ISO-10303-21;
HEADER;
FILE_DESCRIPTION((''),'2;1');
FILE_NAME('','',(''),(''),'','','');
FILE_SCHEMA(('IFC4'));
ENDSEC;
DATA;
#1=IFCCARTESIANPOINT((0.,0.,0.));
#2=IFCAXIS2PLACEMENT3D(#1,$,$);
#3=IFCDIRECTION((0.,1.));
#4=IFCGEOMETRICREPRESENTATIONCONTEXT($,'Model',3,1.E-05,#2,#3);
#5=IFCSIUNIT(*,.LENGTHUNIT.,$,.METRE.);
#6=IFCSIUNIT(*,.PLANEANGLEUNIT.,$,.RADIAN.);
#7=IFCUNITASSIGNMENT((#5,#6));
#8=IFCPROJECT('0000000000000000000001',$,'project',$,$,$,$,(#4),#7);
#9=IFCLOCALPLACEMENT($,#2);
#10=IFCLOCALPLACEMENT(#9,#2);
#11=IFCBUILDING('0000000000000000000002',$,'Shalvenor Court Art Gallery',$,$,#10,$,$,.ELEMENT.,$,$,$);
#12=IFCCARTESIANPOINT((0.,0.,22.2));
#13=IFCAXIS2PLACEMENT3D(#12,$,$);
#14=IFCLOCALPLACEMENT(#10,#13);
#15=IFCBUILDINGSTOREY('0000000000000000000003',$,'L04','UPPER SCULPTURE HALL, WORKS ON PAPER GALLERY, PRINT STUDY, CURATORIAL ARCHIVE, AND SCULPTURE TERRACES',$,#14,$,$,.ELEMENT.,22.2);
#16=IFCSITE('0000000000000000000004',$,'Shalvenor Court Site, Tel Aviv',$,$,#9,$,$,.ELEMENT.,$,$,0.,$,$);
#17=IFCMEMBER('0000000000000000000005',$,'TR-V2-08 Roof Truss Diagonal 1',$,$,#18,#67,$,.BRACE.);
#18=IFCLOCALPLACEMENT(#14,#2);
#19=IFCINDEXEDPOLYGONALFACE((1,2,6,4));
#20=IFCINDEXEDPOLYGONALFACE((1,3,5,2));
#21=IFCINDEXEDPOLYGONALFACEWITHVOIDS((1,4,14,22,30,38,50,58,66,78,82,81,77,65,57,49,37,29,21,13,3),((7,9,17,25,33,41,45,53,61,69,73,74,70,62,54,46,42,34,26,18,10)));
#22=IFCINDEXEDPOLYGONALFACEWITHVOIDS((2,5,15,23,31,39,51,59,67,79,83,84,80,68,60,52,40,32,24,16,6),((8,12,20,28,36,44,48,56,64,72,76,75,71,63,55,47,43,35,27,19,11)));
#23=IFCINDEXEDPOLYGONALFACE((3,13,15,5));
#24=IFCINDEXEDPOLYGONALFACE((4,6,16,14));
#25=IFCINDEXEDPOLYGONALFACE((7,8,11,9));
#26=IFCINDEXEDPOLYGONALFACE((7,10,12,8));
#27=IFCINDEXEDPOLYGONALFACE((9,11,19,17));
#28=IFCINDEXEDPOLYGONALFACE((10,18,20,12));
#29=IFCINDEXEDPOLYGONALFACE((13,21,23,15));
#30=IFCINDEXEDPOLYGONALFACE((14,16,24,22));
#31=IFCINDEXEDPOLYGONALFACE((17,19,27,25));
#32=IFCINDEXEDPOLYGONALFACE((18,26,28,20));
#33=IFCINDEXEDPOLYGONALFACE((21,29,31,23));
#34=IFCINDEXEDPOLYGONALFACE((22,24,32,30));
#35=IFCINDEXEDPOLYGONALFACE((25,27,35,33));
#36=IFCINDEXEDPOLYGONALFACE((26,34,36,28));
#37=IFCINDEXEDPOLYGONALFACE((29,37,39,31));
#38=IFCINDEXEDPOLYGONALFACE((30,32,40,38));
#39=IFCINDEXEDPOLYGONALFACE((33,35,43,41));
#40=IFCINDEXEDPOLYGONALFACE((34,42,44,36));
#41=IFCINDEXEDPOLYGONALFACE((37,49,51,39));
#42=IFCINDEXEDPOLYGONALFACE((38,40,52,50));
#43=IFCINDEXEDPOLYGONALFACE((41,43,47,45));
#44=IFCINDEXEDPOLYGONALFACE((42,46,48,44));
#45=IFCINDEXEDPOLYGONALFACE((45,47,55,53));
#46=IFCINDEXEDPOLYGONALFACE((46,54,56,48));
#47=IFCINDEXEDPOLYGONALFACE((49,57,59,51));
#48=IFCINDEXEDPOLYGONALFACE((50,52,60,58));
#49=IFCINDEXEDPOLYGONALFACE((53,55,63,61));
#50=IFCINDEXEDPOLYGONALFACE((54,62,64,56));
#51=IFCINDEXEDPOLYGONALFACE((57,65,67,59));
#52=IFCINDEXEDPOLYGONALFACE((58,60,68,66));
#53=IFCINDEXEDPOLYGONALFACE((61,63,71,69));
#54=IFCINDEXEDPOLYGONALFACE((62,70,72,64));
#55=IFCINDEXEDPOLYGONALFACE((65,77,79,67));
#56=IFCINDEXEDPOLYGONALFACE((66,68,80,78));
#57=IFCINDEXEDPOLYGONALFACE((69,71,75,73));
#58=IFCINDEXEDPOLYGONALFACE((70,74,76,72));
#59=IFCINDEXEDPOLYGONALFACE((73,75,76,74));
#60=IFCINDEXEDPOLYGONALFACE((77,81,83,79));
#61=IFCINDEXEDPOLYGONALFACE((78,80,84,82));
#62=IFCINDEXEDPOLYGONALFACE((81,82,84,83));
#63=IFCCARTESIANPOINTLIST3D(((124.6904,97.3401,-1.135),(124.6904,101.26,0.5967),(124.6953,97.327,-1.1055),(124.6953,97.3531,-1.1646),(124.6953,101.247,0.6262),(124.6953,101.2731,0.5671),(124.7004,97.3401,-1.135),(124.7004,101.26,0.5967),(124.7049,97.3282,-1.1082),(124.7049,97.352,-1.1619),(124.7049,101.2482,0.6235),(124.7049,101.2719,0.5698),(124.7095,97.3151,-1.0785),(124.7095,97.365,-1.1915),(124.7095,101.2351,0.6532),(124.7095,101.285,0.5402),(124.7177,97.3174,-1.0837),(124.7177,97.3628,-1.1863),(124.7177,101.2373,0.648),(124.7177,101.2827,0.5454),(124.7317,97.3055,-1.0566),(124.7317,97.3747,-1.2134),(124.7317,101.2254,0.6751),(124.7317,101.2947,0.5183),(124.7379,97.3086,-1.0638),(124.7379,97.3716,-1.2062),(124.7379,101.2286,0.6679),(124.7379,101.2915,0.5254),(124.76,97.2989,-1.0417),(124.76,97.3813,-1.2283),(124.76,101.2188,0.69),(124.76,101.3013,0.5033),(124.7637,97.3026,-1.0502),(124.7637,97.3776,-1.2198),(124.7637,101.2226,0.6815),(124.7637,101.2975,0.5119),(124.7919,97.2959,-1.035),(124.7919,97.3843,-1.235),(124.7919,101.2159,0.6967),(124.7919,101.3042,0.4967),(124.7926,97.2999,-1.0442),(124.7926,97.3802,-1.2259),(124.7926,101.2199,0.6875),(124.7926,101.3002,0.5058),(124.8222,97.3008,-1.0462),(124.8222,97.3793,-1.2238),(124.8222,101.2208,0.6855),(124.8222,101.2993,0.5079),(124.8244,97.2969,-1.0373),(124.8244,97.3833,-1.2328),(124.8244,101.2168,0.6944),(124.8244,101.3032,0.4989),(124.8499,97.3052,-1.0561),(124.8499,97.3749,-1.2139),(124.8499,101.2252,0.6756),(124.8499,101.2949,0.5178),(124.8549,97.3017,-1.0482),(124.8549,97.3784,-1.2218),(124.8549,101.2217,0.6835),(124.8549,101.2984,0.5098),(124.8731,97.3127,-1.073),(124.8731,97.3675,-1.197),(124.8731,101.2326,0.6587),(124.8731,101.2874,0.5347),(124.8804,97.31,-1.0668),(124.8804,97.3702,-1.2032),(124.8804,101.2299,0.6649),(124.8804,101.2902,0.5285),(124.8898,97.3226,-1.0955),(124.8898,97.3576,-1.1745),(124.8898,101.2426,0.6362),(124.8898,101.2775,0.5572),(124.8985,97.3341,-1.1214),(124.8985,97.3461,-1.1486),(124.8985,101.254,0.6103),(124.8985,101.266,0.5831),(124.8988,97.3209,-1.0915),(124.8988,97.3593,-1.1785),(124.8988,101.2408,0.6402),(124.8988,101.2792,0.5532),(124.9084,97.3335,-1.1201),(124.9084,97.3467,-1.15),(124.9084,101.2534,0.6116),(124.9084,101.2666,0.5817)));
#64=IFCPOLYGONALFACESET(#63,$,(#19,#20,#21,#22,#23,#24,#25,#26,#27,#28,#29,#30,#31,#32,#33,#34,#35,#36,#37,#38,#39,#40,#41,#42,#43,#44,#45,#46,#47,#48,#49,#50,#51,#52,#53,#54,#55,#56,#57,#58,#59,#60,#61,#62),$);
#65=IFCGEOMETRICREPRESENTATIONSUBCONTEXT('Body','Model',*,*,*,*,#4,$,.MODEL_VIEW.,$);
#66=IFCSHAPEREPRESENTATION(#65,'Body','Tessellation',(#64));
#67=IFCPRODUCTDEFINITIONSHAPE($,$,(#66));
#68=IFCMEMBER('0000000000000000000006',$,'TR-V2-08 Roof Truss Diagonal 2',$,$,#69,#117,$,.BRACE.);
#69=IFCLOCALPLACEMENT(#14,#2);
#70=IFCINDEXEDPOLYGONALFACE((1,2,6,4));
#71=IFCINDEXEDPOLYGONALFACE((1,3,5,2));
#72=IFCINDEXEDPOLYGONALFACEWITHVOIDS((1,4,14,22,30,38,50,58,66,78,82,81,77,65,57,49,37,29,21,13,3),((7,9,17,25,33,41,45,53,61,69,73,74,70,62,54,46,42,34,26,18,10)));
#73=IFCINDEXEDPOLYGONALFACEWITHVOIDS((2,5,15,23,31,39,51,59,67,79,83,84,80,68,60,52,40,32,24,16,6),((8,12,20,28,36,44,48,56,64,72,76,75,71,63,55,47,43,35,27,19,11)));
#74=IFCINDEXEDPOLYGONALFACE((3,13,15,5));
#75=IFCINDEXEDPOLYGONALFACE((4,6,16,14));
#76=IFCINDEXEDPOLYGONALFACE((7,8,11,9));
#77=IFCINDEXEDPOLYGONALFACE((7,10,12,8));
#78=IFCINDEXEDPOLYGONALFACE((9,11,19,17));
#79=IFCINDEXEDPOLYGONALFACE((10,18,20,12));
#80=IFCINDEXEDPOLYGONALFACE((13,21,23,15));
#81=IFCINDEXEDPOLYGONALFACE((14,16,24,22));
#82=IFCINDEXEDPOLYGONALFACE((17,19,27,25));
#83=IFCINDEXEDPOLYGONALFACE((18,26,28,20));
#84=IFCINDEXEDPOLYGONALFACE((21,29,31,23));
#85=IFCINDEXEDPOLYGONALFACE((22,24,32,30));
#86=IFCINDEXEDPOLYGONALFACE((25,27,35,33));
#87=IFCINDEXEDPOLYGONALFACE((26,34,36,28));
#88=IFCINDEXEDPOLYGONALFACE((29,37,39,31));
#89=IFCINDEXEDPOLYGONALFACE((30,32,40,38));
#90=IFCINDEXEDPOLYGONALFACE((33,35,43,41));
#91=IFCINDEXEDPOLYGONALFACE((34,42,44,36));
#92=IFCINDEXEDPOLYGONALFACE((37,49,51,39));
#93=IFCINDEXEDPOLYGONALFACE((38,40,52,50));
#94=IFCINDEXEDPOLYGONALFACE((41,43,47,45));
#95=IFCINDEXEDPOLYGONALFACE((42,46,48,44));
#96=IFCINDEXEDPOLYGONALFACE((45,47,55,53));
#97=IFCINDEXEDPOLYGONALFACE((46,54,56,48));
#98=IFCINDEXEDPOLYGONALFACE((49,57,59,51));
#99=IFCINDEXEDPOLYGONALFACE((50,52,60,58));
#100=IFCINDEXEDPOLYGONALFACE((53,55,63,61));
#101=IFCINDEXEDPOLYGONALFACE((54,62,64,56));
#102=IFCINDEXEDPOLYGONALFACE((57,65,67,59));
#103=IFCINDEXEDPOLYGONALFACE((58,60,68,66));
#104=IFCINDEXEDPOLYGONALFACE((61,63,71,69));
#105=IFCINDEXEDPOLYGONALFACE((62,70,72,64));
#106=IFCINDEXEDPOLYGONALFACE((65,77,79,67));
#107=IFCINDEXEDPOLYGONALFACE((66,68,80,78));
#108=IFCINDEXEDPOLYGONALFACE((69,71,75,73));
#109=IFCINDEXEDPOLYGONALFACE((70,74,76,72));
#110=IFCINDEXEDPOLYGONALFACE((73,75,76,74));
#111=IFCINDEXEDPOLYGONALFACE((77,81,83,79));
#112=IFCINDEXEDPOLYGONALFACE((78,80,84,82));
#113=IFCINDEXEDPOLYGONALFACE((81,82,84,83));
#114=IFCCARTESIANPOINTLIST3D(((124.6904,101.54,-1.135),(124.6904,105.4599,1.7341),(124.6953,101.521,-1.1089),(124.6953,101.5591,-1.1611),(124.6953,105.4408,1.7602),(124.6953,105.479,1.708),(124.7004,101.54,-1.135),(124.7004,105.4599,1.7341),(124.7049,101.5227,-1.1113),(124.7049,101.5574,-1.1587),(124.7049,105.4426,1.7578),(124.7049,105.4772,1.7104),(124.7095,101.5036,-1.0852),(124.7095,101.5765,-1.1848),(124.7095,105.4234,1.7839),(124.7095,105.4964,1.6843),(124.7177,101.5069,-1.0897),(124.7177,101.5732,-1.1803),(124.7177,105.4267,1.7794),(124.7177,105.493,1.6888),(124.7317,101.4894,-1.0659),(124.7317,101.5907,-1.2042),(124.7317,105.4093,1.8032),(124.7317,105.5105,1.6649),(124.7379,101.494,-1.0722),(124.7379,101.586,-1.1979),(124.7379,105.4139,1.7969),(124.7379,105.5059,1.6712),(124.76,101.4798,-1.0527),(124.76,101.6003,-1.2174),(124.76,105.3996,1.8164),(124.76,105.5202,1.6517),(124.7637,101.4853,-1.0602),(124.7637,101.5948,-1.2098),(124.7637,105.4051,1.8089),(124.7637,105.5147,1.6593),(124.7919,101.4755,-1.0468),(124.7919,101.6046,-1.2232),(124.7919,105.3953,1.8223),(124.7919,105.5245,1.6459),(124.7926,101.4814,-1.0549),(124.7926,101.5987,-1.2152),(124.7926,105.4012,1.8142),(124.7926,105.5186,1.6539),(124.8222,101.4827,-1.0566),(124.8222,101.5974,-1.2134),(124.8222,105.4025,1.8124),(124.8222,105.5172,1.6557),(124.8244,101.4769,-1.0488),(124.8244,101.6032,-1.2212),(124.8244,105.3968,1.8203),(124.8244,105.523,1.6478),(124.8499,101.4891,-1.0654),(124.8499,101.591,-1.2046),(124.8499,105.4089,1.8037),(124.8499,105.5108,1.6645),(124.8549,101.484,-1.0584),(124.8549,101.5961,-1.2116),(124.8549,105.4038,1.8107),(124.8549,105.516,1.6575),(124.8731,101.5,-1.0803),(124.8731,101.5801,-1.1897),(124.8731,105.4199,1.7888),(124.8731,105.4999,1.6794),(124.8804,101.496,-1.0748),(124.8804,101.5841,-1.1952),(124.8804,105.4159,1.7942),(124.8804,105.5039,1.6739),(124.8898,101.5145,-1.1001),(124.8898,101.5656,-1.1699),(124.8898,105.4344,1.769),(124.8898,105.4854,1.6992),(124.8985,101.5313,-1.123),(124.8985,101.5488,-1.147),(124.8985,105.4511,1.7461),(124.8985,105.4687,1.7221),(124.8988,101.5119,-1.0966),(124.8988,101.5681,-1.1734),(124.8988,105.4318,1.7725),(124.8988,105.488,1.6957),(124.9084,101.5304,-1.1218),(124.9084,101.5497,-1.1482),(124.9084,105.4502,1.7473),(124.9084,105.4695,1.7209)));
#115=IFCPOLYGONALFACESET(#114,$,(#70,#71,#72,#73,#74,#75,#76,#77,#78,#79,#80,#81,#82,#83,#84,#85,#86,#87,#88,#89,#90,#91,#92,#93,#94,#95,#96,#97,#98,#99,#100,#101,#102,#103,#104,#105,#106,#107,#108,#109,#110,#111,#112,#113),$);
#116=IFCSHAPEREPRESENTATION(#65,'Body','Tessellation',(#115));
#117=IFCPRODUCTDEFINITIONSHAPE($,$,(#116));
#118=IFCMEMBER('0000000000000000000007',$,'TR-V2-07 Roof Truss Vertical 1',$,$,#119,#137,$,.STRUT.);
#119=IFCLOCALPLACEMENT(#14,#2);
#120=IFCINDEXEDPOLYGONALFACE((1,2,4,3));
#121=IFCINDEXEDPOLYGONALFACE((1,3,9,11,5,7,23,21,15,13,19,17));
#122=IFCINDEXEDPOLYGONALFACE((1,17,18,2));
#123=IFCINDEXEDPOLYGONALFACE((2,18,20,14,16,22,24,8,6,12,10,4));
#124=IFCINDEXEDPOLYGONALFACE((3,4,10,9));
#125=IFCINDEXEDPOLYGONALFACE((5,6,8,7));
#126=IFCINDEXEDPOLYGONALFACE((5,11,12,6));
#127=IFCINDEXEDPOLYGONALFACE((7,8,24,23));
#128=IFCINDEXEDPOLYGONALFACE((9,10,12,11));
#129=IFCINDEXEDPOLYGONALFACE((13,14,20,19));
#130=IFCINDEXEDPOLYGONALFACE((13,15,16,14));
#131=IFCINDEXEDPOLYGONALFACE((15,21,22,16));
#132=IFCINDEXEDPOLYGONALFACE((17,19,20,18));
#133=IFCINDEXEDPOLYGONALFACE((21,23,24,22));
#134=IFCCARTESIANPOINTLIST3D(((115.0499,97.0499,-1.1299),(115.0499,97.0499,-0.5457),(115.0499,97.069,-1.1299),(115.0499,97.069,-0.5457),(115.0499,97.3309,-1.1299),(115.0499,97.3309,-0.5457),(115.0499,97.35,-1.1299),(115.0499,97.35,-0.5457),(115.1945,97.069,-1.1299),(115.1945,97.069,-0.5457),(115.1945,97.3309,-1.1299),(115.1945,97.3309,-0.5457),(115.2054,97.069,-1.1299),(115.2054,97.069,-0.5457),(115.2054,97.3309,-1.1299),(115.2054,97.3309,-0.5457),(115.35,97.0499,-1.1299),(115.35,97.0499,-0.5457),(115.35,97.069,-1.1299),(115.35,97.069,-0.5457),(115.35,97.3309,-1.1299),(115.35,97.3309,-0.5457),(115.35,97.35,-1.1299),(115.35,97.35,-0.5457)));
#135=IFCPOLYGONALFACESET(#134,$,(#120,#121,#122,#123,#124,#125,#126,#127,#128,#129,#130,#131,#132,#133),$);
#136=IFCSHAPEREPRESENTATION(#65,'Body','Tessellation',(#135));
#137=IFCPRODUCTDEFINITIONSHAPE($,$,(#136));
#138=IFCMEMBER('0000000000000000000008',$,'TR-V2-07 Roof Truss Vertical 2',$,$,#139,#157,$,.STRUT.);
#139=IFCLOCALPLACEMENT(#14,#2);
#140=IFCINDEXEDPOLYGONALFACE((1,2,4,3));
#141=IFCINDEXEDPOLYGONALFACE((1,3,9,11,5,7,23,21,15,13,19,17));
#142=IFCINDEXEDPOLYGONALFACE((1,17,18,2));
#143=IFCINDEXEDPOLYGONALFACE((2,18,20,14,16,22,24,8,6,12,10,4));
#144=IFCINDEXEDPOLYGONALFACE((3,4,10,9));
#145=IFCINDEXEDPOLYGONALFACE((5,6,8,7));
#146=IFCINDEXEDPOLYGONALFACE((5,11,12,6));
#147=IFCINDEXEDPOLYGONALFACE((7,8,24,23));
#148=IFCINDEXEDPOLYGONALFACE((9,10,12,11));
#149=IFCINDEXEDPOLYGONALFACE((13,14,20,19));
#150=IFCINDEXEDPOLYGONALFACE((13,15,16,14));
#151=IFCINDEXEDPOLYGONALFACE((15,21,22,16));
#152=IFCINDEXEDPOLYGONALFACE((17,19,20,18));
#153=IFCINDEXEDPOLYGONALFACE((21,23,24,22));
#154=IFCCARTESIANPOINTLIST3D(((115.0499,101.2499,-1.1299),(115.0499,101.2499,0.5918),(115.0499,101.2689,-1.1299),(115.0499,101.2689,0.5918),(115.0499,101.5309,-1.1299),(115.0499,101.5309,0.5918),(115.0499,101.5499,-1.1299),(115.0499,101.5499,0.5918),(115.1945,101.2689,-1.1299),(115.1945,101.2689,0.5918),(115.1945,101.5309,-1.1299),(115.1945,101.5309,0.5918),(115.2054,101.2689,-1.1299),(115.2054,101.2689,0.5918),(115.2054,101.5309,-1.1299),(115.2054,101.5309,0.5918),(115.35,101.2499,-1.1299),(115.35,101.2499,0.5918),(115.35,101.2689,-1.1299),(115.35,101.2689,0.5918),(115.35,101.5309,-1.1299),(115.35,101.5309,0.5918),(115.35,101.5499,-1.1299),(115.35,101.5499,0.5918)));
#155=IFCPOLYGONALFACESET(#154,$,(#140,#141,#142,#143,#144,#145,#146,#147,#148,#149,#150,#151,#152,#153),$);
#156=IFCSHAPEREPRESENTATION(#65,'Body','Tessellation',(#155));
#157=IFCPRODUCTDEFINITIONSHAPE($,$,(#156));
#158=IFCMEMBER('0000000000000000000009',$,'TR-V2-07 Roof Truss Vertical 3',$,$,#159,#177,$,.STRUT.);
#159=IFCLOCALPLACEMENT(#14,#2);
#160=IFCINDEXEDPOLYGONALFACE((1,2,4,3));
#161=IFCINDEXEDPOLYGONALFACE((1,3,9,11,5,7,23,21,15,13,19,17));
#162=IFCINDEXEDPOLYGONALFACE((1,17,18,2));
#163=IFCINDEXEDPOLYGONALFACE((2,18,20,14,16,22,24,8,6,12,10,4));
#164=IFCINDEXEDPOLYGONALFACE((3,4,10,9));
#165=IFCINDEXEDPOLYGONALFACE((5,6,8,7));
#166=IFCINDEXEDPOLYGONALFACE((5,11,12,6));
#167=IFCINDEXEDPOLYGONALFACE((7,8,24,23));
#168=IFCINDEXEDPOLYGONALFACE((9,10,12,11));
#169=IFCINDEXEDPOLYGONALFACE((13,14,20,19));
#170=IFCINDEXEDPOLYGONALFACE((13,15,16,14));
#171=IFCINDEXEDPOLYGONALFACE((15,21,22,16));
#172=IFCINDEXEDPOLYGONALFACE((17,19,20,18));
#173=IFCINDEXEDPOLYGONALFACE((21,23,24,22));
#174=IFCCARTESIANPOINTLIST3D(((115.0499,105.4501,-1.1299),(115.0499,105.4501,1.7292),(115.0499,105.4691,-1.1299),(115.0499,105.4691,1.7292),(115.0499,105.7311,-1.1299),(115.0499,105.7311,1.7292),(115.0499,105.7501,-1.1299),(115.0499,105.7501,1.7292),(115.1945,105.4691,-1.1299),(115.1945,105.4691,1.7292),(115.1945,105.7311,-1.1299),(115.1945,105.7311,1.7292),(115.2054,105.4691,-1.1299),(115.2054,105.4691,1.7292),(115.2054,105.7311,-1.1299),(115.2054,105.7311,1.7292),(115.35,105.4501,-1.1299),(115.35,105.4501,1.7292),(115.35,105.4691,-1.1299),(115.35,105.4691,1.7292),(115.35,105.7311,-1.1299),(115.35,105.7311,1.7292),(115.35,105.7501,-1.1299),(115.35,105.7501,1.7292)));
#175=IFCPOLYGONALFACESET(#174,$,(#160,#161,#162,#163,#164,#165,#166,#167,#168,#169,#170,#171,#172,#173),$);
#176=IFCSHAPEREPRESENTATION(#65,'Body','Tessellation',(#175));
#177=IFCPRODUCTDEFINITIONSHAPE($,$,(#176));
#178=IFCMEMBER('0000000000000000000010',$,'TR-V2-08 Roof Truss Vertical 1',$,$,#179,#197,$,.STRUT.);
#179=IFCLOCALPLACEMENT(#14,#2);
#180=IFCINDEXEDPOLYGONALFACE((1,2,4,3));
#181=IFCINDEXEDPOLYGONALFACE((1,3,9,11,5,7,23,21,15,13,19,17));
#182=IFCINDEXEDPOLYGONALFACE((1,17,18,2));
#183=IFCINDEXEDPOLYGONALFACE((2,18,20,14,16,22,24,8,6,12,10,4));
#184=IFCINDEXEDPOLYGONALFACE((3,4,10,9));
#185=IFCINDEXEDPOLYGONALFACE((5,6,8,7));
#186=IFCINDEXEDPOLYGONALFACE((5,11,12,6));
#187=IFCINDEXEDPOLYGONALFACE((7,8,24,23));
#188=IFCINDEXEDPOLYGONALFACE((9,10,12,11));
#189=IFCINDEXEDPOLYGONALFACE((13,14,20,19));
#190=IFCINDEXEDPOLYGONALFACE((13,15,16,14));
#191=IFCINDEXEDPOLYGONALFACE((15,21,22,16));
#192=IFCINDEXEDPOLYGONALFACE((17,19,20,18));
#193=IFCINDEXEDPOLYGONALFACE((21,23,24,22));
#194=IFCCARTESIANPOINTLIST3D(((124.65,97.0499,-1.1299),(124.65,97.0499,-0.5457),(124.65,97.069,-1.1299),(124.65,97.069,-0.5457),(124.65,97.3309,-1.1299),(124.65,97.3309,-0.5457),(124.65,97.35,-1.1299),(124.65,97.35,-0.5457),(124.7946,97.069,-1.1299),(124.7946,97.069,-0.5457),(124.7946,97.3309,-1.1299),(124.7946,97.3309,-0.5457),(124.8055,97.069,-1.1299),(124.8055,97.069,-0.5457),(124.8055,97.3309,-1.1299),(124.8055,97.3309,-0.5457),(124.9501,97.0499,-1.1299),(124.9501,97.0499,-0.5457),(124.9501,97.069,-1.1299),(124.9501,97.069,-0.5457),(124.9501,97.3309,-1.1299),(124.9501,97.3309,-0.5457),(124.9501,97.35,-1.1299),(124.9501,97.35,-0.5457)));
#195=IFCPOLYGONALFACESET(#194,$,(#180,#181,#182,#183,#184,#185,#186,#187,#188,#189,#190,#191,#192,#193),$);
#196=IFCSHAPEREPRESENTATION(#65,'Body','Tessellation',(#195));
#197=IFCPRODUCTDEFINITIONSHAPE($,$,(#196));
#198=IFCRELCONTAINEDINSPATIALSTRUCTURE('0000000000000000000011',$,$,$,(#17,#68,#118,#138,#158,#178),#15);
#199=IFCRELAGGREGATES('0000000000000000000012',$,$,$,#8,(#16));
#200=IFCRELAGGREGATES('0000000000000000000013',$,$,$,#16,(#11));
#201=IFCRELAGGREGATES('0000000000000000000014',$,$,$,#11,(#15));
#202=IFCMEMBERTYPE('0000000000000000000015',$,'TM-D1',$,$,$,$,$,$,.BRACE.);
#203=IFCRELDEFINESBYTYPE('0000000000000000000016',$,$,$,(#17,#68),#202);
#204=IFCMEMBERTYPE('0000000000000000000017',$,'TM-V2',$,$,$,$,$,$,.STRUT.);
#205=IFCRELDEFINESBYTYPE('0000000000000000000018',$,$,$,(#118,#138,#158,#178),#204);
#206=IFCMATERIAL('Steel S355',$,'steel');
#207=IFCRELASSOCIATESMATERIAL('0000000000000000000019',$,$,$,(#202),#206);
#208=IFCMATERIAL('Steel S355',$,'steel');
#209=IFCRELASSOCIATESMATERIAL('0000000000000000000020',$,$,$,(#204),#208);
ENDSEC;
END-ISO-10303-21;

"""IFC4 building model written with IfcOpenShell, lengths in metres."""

from ifc_helpers import new_model, si_unit, direction, frame, origin, origin_2d, place, context, subcontext, project, spatial, hollow_circle, i_section, extrude, material, material_profile, profile_set, type_object, element, save


model = new_model("IFC4")

# Units and contexts
model_context = context("Model", 3, precision=1e-05, world=origin(), true_north=direction((0.0, 1.0)))
body_context = subcontext(model_context, "Body", "Model", "MODEL_VIEW")
ifc_project = project(units=[si_unit("LENGTHUNIT", "METRE"), si_unit("PLANEANGLEUNIT", "RADIAN")], contexts=[model_context])

# Site, building, storey
site_placement = place(None, origin())
site = spatial("IfcSite", under=ifc_project, at=site_placement, Name="Shalvenor Court Site, Tel Aviv", CompositionType="ELEMENT", RefElevation=0.0)
building_placement = place(site_placement, origin())
building = spatial("IfcBuilding", under=site, at=building_placement, Name="Shalvenor Court Art Gallery", CompositionType="ELEMENT")
storey_placement = place(building_placement, frame((0.0, 0.0, 22.2)))
storey = spatial("IfcBuildingStorey", under=building, at=storey_placement, Name="L04", Description="UPPER SCULPTURE HALL, WORKS ON PAPER GALLERY, PRINT STUDY, CURATORIAL ARCHIVE, AND SCULPTURE TERRACES", CompositionType="ELEMENT", Elevation=22.2)

# Members
ifc_material_1 = material(Name="Steel S355", Category="steel")
ifc_material_profile_1 = material_profile(ifc_material_1, hollow_circle(Radius=0.1096, WallThickness=0.01, at=origin_2d()), Name="CHS 219.1x10.0")
ifc_profile_set_1 = profile_set([ifc_material_profile_1], Name="Steel S355")
member_type_1 = type_object("IfcMemberType", Name="TM-D1", PredefinedType="BRACE", material=ifc_profile_set_1)
member_1_placement = place(storey_placement, frame((124.8, 97.3401, -1.135), z_axis=(0.0, 0.914718, 0.404092), x_axis=(-1.0, 0.0, 0.0)))
element("IfcMember", 1, at=member_1_placement, inside=storey, type_object=member_type_1, Name="TR-V2-08 Roof Truss Diagonal 1", PredefinedType="BRACE", context=body_context, shape_type="SweptSolid", body=[
    extrude(hollow_circle(Radius=0.1096, WallThickness=0.01, at=origin_2d()), origin(), (0.0, 0.0, 1.0), 4.2854),
])
member_2_placement = place(storey_placement, frame((124.8, 101.54, -1.135), z_axis=(0.0, 0.806942, 0.590631), x_axis=(-1.0, 0.0, 0.0)))
element("IfcMember", 2, at=member_2_placement, inside=storey, type_object=member_type_1, Name="TR-V2-08 Roof Truss Diagonal 2", PredefinedType="BRACE", context=body_context, shape_type="SweptSolid", body=[
    extrude(hollow_circle(Radius=0.1096, WallThickness=0.01, at=origin_2d()), origin(), (0.0, 0.0, 1.0), 4.8577),
])
ifc_material_2 = material(Name="Steel S355", Category="steel")
ifc_material_profile_2 = material_profile(ifc_material_2, i_section(OverallWidth=0.3, OverallDepth=0.3, WebThickness=0.011, FlangeThickness=0.019, at=origin_2d()), Name="HEB 300")
ifc_profile_set_2 = profile_set([ifc_material_profile_2], Name="Steel S355")
member_type_2 = type_object("IfcMemberType", Name="TM-V2", PredefinedType="STRUT", material=ifc_profile_set_2)
member_3_placement = place(storey_placement, frame((115.2, 97.2, -1.1299), z_axis=(0.0, 0.0, 1.0), x_axis=(1.0, 0.0, 0.0)))
element("IfcMember", 3, at=member_3_placement, inside=storey, type_object=member_type_2, Name="TR-V2-07 Roof Truss Vertical 1", PredefinedType="STRUT", context=body_context, shape_type="SweptSolid", body=[
    extrude(i_section(OverallWidth=0.3, OverallDepth=0.3, WebThickness=0.011, FlangeThickness=0.019, at=origin_2d()), origin(), (0.0, 0.0, 1.0), 0.5842),
])
member_4_placement = place(storey_placement, frame((115.2, 101.3999, -1.1299), z_axis=(0.0, 0.0, 1.0), x_axis=(1.0, 0.0, 0.0)))
element("IfcMember", 4, at=member_4_placement, inside=storey, type_object=member_type_2, Name="TR-V2-07 Roof Truss Vertical 2", PredefinedType="STRUT", context=body_context, shape_type="SweptSolid", body=[
    extrude(i_section(OverallWidth=0.3, OverallDepth=0.3, WebThickness=0.011, FlangeThickness=0.019, at=origin_2d()), origin(), (0.0, 0.0, 1.0), 1.7217),
])
member_5_placement = place(storey_placement, frame((115.2, 105.6001, -1.1299), z_axis=(0.0, 0.0, 1.0), x_axis=(1.0, 0.0, 0.0)))
element("IfcMember", 5, at=member_5_placement, inside=storey, type_object=member_type_2, Name="TR-V2-07 Roof Truss Vertical 3", PredefinedType="STRUT", context=body_context, shape_type="SweptSolid", body=[
    extrude(i_section(OverallWidth=0.3, OverallDepth=0.3, WebThickness=0.011, FlangeThickness=0.019, at=origin_2d()), origin(), (0.0, 0.0, 1.0), 2.8591),
])
member_6_placement = place(storey_placement, frame((124.8, 97.2, -1.1299), z_axis=(0.0, 0.0, 1.0), x_axis=(1.0, 0.0, 0.0)))
element("IfcMember", 6, at=member_6_placement, inside=storey, type_object=member_type_2, Name="TR-V2-08 Roof Truss Vertical 1", PredefinedType="STRUT", context=body_context, shape_type="SweptSolid", body=[
    extrude(i_section(OverallWidth=0.3, OverallDepth=0.3, WebThickness=0.011, FlangeThickness=0.019, at=origin_2d()), origin(), (0.0, 0.0, 1.0), 0.5842),
])

save(model, "model.ifc")
